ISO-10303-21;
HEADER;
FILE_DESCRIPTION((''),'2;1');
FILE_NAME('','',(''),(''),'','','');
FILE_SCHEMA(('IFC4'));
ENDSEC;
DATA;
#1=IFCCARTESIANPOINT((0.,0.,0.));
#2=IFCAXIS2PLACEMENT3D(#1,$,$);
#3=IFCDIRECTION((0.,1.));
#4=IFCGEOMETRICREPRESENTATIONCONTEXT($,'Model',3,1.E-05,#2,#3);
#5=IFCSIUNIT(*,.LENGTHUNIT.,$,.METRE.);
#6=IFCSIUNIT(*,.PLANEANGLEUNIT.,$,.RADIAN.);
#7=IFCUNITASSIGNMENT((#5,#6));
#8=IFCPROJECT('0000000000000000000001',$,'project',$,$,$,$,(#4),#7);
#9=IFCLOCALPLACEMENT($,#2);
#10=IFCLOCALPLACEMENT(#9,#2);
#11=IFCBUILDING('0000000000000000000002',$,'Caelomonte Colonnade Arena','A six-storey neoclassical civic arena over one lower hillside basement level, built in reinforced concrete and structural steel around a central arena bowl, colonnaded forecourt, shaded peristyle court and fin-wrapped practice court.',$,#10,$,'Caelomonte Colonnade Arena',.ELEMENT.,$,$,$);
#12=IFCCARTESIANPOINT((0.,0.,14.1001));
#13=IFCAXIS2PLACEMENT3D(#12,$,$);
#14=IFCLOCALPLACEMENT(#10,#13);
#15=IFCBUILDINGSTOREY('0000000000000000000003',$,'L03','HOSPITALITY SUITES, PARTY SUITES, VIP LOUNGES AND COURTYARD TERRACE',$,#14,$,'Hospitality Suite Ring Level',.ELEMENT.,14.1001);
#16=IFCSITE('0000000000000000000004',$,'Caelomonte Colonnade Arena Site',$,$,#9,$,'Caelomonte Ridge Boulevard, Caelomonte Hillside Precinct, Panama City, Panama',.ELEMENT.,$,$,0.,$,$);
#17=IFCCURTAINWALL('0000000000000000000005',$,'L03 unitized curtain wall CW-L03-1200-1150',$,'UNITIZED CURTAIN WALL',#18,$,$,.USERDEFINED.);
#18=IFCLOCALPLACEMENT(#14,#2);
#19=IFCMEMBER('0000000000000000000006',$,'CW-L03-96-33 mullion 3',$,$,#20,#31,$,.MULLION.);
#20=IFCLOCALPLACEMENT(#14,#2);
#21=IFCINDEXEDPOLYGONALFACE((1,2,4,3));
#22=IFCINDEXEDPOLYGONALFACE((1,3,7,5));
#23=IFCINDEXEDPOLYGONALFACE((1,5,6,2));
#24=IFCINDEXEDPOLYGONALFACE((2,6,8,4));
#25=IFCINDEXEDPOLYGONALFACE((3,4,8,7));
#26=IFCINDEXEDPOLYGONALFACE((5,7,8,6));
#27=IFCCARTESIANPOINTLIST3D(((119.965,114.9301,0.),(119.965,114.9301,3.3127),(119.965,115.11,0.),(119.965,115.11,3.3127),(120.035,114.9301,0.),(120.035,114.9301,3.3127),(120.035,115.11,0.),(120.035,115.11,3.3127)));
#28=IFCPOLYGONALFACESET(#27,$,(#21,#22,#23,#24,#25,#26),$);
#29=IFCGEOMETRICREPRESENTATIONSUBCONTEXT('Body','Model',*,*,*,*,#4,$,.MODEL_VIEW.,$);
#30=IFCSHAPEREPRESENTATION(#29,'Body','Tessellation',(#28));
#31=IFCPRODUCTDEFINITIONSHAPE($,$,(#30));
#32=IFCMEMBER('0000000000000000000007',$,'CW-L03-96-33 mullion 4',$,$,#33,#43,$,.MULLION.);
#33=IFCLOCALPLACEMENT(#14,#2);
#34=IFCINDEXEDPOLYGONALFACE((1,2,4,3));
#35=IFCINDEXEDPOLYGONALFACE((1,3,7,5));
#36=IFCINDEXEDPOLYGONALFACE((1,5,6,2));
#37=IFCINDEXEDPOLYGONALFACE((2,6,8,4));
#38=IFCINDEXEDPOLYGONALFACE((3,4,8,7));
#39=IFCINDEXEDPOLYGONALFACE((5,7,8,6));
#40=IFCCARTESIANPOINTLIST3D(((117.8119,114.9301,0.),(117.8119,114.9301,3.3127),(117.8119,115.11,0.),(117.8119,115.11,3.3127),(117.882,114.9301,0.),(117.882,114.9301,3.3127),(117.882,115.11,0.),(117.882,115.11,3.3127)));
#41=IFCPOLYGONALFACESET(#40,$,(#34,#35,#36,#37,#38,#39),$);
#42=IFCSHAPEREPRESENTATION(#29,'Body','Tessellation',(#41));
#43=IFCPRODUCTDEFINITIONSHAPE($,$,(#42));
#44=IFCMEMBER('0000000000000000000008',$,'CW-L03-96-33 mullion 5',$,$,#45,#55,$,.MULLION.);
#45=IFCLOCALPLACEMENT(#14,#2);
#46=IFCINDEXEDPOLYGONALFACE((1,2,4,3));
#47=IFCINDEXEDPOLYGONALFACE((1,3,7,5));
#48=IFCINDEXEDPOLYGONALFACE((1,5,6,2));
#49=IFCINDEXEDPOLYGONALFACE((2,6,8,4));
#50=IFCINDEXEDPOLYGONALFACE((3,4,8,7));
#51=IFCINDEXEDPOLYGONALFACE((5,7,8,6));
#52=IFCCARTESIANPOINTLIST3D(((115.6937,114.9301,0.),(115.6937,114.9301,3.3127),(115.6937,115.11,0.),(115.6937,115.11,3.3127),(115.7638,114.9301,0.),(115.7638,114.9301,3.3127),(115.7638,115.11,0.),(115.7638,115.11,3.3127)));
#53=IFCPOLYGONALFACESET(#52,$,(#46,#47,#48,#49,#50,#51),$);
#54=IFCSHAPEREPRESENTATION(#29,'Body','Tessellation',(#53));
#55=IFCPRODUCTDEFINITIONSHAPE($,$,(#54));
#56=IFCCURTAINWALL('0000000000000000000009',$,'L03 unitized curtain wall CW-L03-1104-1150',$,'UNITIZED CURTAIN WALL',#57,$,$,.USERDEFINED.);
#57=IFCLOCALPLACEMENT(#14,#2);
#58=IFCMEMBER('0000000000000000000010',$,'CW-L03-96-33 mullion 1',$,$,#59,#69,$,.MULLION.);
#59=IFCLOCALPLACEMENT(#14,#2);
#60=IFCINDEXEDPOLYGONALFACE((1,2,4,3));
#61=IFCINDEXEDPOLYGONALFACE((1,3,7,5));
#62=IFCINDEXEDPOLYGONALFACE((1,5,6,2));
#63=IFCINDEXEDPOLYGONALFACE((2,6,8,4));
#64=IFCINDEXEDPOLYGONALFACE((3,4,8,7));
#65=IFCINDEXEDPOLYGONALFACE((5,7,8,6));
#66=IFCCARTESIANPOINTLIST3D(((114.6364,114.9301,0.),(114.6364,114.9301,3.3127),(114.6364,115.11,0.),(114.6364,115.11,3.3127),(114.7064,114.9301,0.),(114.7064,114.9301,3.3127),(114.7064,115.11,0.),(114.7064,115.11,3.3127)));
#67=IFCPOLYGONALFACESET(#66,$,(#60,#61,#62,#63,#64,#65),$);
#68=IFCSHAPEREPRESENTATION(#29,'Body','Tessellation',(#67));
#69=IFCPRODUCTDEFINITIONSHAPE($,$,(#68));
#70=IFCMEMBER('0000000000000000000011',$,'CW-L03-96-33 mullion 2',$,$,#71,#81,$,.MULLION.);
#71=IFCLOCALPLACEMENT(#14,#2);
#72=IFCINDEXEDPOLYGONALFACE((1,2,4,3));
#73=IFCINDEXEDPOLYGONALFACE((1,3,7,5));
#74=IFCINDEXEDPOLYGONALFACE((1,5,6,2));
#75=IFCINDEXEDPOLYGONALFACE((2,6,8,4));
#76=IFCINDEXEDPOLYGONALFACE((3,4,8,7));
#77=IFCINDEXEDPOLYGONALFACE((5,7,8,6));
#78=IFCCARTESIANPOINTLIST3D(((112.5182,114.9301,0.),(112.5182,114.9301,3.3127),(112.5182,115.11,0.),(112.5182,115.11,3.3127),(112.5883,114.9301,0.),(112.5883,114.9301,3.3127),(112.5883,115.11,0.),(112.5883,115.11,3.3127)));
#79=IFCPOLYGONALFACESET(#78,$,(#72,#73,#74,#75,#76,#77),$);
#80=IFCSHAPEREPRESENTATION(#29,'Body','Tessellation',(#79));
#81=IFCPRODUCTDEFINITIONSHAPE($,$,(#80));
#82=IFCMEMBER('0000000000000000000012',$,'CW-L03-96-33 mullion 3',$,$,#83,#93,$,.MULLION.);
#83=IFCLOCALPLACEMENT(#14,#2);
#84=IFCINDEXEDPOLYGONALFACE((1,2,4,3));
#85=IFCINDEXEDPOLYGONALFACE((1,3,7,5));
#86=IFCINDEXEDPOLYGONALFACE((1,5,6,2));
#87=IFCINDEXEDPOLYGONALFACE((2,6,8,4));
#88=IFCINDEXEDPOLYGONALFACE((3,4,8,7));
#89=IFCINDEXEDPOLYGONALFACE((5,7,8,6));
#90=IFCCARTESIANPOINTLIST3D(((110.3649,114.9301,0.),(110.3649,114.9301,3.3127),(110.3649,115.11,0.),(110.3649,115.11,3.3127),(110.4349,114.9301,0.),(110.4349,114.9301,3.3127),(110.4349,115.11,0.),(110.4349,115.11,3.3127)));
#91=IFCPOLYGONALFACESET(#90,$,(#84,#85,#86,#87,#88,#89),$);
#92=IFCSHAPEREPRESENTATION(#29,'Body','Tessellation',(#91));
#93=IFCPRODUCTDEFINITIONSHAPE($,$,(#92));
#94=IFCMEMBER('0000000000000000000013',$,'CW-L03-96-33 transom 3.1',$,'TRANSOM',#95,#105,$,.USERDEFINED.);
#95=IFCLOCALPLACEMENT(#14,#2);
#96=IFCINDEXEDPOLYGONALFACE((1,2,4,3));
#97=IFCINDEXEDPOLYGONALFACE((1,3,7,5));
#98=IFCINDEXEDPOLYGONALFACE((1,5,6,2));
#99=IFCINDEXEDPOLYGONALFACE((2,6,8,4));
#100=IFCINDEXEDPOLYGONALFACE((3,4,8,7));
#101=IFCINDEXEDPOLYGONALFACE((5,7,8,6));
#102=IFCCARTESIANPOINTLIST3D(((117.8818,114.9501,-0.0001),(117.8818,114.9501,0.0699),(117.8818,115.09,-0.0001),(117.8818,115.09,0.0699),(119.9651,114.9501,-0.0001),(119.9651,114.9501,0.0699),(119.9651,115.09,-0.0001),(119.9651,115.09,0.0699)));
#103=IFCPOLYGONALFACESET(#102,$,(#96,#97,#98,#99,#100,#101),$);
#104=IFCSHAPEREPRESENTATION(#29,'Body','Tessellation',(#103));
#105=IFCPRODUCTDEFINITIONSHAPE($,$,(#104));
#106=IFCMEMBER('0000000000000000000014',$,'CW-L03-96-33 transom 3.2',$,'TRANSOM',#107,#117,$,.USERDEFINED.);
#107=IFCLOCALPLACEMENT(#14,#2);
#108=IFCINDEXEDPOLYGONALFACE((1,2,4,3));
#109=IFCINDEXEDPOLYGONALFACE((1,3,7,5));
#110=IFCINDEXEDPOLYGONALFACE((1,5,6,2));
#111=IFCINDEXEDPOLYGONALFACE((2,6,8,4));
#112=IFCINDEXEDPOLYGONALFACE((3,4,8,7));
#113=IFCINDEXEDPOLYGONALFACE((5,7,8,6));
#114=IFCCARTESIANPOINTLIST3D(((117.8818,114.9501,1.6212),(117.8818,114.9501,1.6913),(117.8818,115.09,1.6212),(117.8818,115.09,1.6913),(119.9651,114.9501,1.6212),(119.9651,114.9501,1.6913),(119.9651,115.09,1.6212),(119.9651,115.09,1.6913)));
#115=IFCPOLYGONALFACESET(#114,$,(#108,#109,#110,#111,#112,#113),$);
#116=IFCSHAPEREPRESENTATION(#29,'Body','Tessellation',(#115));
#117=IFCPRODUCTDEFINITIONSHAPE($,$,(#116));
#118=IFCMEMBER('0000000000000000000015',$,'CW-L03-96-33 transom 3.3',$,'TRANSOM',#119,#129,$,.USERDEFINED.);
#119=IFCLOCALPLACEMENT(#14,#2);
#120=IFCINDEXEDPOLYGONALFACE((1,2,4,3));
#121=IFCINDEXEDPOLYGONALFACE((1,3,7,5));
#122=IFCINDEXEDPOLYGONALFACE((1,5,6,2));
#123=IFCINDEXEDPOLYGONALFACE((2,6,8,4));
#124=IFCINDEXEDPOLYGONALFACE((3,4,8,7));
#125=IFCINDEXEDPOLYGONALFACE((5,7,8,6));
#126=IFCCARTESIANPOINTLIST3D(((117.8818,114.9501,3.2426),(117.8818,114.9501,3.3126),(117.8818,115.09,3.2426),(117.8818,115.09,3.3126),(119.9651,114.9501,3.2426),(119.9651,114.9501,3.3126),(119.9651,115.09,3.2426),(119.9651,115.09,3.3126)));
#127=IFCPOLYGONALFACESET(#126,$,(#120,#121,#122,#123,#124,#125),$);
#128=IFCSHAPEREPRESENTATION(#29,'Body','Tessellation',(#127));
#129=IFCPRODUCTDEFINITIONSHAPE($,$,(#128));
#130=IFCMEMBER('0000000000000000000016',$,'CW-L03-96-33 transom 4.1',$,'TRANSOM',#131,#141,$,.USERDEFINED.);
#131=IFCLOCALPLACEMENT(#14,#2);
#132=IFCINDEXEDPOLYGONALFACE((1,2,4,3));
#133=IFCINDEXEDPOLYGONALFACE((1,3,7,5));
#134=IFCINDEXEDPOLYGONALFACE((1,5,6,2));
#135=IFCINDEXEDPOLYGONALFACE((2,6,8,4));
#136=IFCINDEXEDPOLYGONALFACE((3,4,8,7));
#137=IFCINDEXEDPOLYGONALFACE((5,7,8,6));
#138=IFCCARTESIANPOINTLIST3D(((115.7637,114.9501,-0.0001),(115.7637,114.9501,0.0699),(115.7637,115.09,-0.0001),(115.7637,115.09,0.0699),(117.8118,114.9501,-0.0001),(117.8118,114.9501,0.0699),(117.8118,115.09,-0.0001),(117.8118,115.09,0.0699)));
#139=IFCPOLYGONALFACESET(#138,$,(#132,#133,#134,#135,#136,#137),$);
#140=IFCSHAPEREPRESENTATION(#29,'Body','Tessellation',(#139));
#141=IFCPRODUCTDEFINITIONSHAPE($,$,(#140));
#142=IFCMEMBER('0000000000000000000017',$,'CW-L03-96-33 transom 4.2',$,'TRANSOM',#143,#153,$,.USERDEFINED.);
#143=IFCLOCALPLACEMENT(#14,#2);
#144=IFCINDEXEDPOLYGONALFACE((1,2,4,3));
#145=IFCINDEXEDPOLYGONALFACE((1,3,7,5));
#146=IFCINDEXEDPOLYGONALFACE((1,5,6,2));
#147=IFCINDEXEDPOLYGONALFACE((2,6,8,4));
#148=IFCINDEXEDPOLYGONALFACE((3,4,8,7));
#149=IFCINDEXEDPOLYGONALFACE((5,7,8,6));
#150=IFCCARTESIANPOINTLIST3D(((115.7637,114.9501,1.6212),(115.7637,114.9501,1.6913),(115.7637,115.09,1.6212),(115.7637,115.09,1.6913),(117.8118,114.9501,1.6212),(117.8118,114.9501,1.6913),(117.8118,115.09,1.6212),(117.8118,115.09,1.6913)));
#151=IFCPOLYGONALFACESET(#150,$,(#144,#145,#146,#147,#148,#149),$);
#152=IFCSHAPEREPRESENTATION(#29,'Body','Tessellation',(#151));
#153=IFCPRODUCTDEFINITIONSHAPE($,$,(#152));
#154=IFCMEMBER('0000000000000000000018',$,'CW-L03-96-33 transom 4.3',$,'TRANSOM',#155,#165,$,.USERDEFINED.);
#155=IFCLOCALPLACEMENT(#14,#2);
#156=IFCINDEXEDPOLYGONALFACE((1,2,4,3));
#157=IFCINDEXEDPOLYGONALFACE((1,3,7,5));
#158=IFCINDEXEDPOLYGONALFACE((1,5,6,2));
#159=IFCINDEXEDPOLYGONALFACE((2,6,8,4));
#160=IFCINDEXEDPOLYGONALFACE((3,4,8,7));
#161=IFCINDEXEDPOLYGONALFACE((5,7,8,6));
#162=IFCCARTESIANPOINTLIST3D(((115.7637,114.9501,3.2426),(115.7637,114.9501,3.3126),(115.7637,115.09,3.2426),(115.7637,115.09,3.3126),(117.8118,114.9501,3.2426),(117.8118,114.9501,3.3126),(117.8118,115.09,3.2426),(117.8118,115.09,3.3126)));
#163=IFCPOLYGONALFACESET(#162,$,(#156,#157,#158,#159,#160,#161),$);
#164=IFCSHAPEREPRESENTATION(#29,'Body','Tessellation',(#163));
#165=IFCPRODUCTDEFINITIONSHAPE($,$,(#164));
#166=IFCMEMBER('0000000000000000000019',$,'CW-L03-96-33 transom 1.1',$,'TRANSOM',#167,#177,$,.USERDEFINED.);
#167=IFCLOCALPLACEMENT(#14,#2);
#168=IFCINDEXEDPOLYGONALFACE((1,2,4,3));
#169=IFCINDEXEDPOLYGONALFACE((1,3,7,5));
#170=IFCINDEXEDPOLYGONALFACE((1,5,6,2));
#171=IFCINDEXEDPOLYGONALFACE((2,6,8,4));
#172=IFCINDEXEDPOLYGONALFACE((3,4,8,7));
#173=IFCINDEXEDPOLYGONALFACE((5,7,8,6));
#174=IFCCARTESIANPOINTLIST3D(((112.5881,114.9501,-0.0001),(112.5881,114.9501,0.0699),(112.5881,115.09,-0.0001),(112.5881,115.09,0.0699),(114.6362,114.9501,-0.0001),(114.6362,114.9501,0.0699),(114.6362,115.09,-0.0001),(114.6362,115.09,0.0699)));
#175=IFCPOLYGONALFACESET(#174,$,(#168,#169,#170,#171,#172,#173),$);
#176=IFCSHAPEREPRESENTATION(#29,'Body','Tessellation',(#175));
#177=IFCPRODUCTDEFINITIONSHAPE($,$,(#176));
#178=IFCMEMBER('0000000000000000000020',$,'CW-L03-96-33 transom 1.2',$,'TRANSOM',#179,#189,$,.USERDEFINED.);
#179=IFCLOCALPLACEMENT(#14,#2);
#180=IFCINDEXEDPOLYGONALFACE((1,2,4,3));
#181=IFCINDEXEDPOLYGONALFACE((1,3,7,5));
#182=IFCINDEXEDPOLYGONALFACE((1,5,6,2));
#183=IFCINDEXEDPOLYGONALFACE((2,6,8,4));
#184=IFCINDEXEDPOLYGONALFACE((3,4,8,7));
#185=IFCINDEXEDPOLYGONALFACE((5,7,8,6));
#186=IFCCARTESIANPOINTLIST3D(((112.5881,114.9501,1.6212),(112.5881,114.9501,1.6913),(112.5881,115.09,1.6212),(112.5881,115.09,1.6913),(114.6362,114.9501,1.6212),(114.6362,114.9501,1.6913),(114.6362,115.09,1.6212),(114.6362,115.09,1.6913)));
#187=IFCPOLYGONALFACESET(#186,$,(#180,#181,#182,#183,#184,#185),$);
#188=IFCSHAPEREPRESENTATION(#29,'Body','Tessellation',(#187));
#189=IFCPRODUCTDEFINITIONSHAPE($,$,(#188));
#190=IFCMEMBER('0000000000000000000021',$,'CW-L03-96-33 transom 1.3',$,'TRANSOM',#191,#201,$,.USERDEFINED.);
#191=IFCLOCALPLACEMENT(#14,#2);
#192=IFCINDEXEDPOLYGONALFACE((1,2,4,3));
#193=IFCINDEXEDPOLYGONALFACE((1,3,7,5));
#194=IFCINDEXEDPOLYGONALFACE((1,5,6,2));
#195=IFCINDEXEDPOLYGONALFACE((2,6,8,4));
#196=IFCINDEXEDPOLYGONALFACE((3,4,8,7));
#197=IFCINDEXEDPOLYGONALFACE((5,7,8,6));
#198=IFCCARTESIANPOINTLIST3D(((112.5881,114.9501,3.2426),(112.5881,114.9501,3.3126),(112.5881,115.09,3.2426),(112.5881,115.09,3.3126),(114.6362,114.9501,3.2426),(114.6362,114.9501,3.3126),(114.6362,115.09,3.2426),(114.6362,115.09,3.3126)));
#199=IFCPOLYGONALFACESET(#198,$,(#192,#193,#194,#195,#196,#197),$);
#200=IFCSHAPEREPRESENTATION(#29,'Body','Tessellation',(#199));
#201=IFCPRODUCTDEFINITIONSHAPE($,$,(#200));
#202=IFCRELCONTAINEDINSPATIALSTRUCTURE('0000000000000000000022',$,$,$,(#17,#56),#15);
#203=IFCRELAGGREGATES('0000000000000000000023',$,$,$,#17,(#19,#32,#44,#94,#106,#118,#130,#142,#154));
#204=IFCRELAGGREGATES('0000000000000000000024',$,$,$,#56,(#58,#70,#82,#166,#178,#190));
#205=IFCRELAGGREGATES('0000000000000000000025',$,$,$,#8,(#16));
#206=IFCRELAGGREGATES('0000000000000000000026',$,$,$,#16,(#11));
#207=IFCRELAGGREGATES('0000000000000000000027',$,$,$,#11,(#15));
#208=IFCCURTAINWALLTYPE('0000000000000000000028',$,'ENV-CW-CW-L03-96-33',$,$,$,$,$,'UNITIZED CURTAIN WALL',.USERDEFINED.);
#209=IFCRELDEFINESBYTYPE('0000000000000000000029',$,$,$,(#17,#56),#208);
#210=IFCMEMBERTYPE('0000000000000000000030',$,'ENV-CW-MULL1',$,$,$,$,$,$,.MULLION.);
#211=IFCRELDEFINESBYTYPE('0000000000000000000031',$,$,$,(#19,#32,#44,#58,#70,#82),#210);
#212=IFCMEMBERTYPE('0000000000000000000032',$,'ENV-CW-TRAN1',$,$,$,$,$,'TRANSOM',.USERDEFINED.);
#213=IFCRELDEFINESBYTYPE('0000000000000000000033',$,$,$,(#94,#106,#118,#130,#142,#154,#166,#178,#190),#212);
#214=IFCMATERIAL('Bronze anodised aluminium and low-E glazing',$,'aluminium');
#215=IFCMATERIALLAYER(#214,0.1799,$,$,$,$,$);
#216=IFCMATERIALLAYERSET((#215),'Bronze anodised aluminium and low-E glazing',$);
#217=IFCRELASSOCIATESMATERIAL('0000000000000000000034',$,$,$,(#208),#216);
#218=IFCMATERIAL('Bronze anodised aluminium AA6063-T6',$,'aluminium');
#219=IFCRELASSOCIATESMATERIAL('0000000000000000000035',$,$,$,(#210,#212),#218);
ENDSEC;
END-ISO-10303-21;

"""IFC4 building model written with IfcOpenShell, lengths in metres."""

from ifc_helpers import new_model, si_unit, direction, frame, origin, origin_2d, place, context, subcontext, project, spatial, rectangle, extrude, material, layer, layer_set, material_profile, profile_set, type_object, element, aggregate, save


model = new_model("IFC4")

# Units and contexts
model_context = context("Model", 3, precision=1e-05, world=origin(), true_north=direction((0.0, 1.0)))
body_context = subcontext(model_context, "Body", "Model", "MODEL_VIEW")
ifc_project = project(units=[si_unit("LENGTHUNIT", "METRE"), si_unit("PLANEANGLEUNIT", "RADIAN")], contexts=[model_context])

# Site, building, storey
site_placement = place(None, origin())
site = spatial("IfcSite", under=ifc_project, at=site_placement, Name="Caelomonte Colonnade Arena Site", LongName="Caelomonte Ridge Boulevard, Caelomonte Hillside Precinct, Panama City, Panama", CompositionType="ELEMENT", RefElevation=0.0)
building_placement = place(site_placement, origin())
building = spatial("IfcBuilding", under=site, at=building_placement, Name="Caelomonte Colonnade Arena", Description="A six-storey neoclassical civic arena over one lower hillside basement level, built in reinforced concrete and structural steel around a central arena bowl, colonnaded forecourt, shaded peristyle court and fin-wrapped practice court.", LongName="Caelomonte Colonnade Arena", CompositionType="ELEMENT")
storey_placement = place(building_placement, frame((0.0, 0.0, 14.1001)))
storey = spatial("IfcBuildingStorey", under=building, at=storey_placement, Name="L03", Description="HOSPITALITY SUITES, PARTY SUITES, VIP LOUNGES AND COURTYARD TERRACE", LongName="Hospitality Suite Ring Level", CompositionType="ELEMENT", Elevation=14.1001)

# Curtain walls, members
ifc_material_1 = material(Name="Bronze anodised aluminium and low-E glazing", Category="aluminium")
ifc_layer_1 = layer(ifc_material_1, 0.1799)
ifc_layer_set_1 = layer_set([ifc_layer_1], Name="Bronze anodised aluminium and low-E glazing")
curtain_wall_type = type_object("IfcCurtainWallType", Name="ENV-CW-CW-L03-96-33", ElementType="UNITIZED CURTAIN WALL", PredefinedType="USERDEFINED", material=ifc_layer_set_1)
curtain_wall_1_placement = place(storey_placement, origin())
curtain_wall_1 = element("IfcCurtainWall", 1, at=curtain_wall_1_placement, inside=storey, type_object=curtain_wall_type, Name="L03 unitized curtain wall CW-L03-1200-1150", ObjectType="UNITIZED CURTAIN WALL", PredefinedType="USERDEFINED")
ifc_material_2 = material(Name="Bronze anodised aluminium AA6063-T6", Category="aluminium")
ifc_material_profile_1 = material_profile(ifc_material_2, rectangle(XDim=0.0701, YDim=0.1799, at=origin_2d()), Name="CWM-70X180")
ifc_profile_set_1 = profile_set([ifc_material_profile_1], Name="Bronze anodised aluminium AA6063-T6")
member_type_1 = type_object("IfcMemberType", Name="ENV-CW-MULL1", PredefinedType="MULLION", material=ifc_profile_set_1)
member_1_placement = place(storey_placement, frame((120.0, 115.02, 0.0), z_axis=(0.0, 0.0, 1.0), x_axis=(-1.0, 0.0, 0.0)))
member_1 = element("IfcMember", 2, at=member_1_placement, type_object=member_type_1, Name="CW-L03-96-33 mullion 3", PredefinedType="MULLION", context=body_context, shape_type="SweptSolid", body=[
    extrude(rectangle(XDim=0.0701, YDim=0.1799, at=origin_2d()), origin(), (0.0, 0.0, 1.0), 3.3127),
])
member_2_placement = place(storey_placement, frame((117.8469, 115.02, 0.0), z_axis=(0.0, 0.0, 1.0), x_axis=(-1.0, 0.0, 0.0)))
member_2 = element("IfcMember", 3, at=member_2_placement, type_object=member_type_1, Name="CW-L03-96-33 mullion 4", PredefinedType="MULLION", context=body_context, shape_type="SweptSolid", body=[
    extrude(rectangle(XDim=0.0701, YDim=0.1799, at=origin_2d()), origin(), (0.0, 0.0, 1.0), 3.3127),
])
member_3_placement = place(storey_placement, frame((115.7288, 115.02, 0.0), z_axis=(0.0, 0.0, 1.0), x_axis=(-1.0, 0.0, 0.0)))
member_3 = element("IfcMember", 4, at=member_3_placement, type_object=member_type_1, Name="CW-L03-96-33 mullion 5", PredefinedType="MULLION", context=body_context, shape_type="SweptSolid", body=[
    extrude(rectangle(XDim=0.0701, YDim=0.1799, at=origin_2d()), origin(), (0.0, 0.0, 1.0), 3.3127),
])
curtain_wall_2_placement = place(storey_placement, origin())
curtain_wall_2 = element("IfcCurtainWall", 5, at=curtain_wall_2_placement, inside=storey, type_object=curtain_wall_type, Name="L03 unitized curtain wall CW-L03-1104-1150", ObjectType="UNITIZED CURTAIN WALL", PredefinedType="USERDEFINED")
member_4_placement = place(storey_placement, frame((114.6714, 115.02, 0.0), z_axis=(0.0, 0.0, 1.0), x_axis=(-1.0, 0.0, 0.0)))
member_4 = element("IfcMember", 6, at=member_4_placement, type_object=member_type_1, Name="CW-L03-96-33 mullion 1", PredefinedType="MULLION", context=body_context, shape_type="SweptSolid", body=[
    extrude(rectangle(XDim=0.0701, YDim=0.1799, at=origin_2d()), origin(), (0.0, 0.0, 1.0), 3.3127),
])
member_5_placement = place(storey_placement, frame((112.5532, 115.02, 0.0), z_axis=(0.0, 0.0, 1.0), x_axis=(-1.0, 0.0, 0.0)))
member_5 = element("IfcMember", 7, at=member_5_placement, type_object=member_type_1, Name="CW-L03-96-33 mullion 2", PredefinedType="MULLION", context=body_context, shape_type="SweptSolid", body=[
    extrude(rectangle(XDim=0.0701, YDim=0.1799, at=origin_2d()), origin(), (0.0, 0.0, 1.0), 3.3127),
])
member_6_placement = place(storey_placement, frame((110.3999, 115.02, 0.0), z_axis=(0.0, 0.0, 1.0), x_axis=(-1.0, 0.0, 0.0)))
member_6 = element("IfcMember", 8, at=member_6_placement, type_object=member_type_1, Name="CW-L03-96-33 mullion 3", PredefinedType="MULLION", context=body_context, shape_type="SweptSolid", body=[
    extrude(rectangle(XDim=0.0701, YDim=0.1799, at=origin_2d()), origin(), (0.0, 0.0, 1.0), 3.3127),
])

# Members
ifc_material_profile_2 = material_profile(ifc_material_2, rectangle(XDim=0.0701, YDim=0.1399, at=origin_2d()), Name="CWT-70X140")
ifc_profile_set_2 = profile_set([ifc_material_profile_2], Name="Bronze anodised aluminium AA6063-T6")
member_type_2 = type_object("IfcMemberType", Name="ENV-CW-TRAN1", ElementType="TRANSOM", PredefinedType="USERDEFINED", material=ifc_profile_set_2)
member_7_placement = place(storey_placement, frame((119.9651, 115.02, 0.0349), z_axis=(-1.0, 0.0, 0.0), x_axis=(0.0, 0.0, 1.0)))
member_7 = element("IfcMember", 9, at=member_7_placement, type_object=member_type_2, Name="CW-L03-96-33 transom 3.1", ObjectType="TRANSOM", PredefinedType="USERDEFINED", context=body_context, shape_type="SweptSolid", body=[
    extrude(rectangle(XDim=0.0701, YDim=0.1399, at=origin_2d()), origin(), (0.0, 0.0, 1.0), 2.0833),
])
member_8_placement = place(storey_placement, frame((119.9651, 115.02, 1.6562), z_axis=(-1.0, 0.0, 0.0), x_axis=(0.0, 0.0, 1.0)))
member_8 = element("IfcMember", 10, at=member_8_placement, type_object=member_type_2, Name="CW-L03-96-33 transom 3.2", ObjectType="TRANSOM", PredefinedType="USERDEFINED", context=body_context, shape_type="SweptSolid", body=[
    extrude(rectangle(XDim=0.0701, YDim=0.1399, at=origin_2d()), origin(), (0.0, 0.0, 1.0), 2.0833),
])
member_9_placement = place(storey_placement, frame((119.9651, 115.02, 3.2776), z_axis=(-1.0, 0.0, 0.0), x_axis=(0.0, 0.0, 1.0)))
member_9 = element("IfcMember", 11, at=member_9_placement, type_object=member_type_2, Name="CW-L03-96-33 transom 3.3", ObjectType="TRANSOM", PredefinedType="USERDEFINED", context=body_context, shape_type="SweptSolid", body=[
    extrude(rectangle(XDim=0.0701, YDim=0.1399, at=origin_2d()), origin(), (0.0, 0.0, 1.0), 2.0833),
])
member_10_placement = place(storey_placement, frame((117.8118, 115.02, 0.0349), z_axis=(-1.0, 0.0, 0.0), x_axis=(0.0, 0.0, 1.0)))
member_10 = element("IfcMember", 12, at=member_10_placement, type_object=member_type_2, Name="CW-L03-96-33 transom 4.1", ObjectType="TRANSOM", PredefinedType="USERDEFINED", context=body_context, shape_type="SweptSolid", body=[
    extrude(rectangle(XDim=0.0701, YDim=0.1399, at=origin_2d()), origin(), (0.0, 0.0, 1.0), 2.0481),
])
member_11_placement = place(storey_placement, frame((117.8118, 115.02, 1.6562), z_axis=(-1.0, 0.0, 0.0), x_axis=(0.0, 0.0, 1.0)))
member_11 = element("IfcMember", 13, at=member_11_placement, type_object=member_type_2, Name="CW-L03-96-33 transom 4.2", ObjectType="TRANSOM", PredefinedType="USERDEFINED", context=body_context, shape_type="SweptSolid", body=[
    extrude(rectangle(XDim=0.0701, YDim=0.1399, at=origin_2d()), origin(), (0.0, 0.0, 1.0), 2.0481),
])
member_12_placement = place(storey_placement, frame((117.8118, 115.02, 3.2776), z_axis=(-1.0, 0.0, 0.0), x_axis=(0.0, 0.0, 1.0)))
member_12 = element("IfcMember", 14, at=member_12_placement, type_object=member_type_2, Name="CW-L03-96-33 transom 4.3", ObjectType="TRANSOM", PredefinedType="USERDEFINED", context=body_context, shape_type="SweptSolid", body=[
    extrude(rectangle(XDim=0.0701, YDim=0.1399, at=origin_2d()), origin(), (0.0, 0.0, 1.0), 2.0481),
])
member_13_placement = place(storey_placement, frame((114.6362, 115.02, 0.0349), z_axis=(-1.0, 0.0, 0.0), x_axis=(0.0, 0.0, 1.0)))
member_13 = element("IfcMember", 15, at=member_13_placement, type_object=member_type_2, Name="CW-L03-96-33 transom 1.1", ObjectType="TRANSOM", PredefinedType="USERDEFINED", context=body_context, shape_type="SweptSolid", body=[
    extrude(rectangle(XDim=0.0701, YDim=0.1399, at=origin_2d()), origin(), (0.0, 0.0, 1.0), 2.0481),
])
member_14_placement = place(storey_placement, frame((114.6362, 115.02, 1.6562), z_axis=(-1.0, 0.0, 0.0), x_axis=(0.0, 0.0, 1.0)))
member_14 = element("IfcMember", 16, at=member_14_placement, type_object=member_type_2, Name="CW-L03-96-33 transom 1.2", ObjectType="TRANSOM", PredefinedType="USERDEFINED", context=body_context, shape_type="SweptSolid", body=[
    extrude(rectangle(XDim=0.0701, YDim=0.1399, at=origin_2d()), origin(), (0.0, 0.0, 1.0), 2.0481),
])
member_15_placement = place(storey_placement, frame((114.6362, 115.02, 3.2776), z_axis=(-1.0, 0.0, 0.0), x_axis=(0.0, 0.0, 1.0)))
member_15 = element("IfcMember", 17, at=member_15_placement, type_object=member_type_2, Name="CW-L03-96-33 transom 1.3", ObjectType="TRANSOM", PredefinedType="USERDEFINED", context=body_context, shape_type="SweptSolid", body=[
    extrude(rectangle(XDim=0.0701, YDim=0.1399, at=origin_2d()), origin(), (0.0, 0.0, 1.0), 2.0481),
])

aggregate(curtain_wall_1, [member_1, member_2, member_3, member_7, member_8, member_9, member_10, member_11, member_12])
aggregate(curtain_wall_2, [member_4, member_5, member_6, member_13, member_14, member_15])

save(model, "model.ifc")
